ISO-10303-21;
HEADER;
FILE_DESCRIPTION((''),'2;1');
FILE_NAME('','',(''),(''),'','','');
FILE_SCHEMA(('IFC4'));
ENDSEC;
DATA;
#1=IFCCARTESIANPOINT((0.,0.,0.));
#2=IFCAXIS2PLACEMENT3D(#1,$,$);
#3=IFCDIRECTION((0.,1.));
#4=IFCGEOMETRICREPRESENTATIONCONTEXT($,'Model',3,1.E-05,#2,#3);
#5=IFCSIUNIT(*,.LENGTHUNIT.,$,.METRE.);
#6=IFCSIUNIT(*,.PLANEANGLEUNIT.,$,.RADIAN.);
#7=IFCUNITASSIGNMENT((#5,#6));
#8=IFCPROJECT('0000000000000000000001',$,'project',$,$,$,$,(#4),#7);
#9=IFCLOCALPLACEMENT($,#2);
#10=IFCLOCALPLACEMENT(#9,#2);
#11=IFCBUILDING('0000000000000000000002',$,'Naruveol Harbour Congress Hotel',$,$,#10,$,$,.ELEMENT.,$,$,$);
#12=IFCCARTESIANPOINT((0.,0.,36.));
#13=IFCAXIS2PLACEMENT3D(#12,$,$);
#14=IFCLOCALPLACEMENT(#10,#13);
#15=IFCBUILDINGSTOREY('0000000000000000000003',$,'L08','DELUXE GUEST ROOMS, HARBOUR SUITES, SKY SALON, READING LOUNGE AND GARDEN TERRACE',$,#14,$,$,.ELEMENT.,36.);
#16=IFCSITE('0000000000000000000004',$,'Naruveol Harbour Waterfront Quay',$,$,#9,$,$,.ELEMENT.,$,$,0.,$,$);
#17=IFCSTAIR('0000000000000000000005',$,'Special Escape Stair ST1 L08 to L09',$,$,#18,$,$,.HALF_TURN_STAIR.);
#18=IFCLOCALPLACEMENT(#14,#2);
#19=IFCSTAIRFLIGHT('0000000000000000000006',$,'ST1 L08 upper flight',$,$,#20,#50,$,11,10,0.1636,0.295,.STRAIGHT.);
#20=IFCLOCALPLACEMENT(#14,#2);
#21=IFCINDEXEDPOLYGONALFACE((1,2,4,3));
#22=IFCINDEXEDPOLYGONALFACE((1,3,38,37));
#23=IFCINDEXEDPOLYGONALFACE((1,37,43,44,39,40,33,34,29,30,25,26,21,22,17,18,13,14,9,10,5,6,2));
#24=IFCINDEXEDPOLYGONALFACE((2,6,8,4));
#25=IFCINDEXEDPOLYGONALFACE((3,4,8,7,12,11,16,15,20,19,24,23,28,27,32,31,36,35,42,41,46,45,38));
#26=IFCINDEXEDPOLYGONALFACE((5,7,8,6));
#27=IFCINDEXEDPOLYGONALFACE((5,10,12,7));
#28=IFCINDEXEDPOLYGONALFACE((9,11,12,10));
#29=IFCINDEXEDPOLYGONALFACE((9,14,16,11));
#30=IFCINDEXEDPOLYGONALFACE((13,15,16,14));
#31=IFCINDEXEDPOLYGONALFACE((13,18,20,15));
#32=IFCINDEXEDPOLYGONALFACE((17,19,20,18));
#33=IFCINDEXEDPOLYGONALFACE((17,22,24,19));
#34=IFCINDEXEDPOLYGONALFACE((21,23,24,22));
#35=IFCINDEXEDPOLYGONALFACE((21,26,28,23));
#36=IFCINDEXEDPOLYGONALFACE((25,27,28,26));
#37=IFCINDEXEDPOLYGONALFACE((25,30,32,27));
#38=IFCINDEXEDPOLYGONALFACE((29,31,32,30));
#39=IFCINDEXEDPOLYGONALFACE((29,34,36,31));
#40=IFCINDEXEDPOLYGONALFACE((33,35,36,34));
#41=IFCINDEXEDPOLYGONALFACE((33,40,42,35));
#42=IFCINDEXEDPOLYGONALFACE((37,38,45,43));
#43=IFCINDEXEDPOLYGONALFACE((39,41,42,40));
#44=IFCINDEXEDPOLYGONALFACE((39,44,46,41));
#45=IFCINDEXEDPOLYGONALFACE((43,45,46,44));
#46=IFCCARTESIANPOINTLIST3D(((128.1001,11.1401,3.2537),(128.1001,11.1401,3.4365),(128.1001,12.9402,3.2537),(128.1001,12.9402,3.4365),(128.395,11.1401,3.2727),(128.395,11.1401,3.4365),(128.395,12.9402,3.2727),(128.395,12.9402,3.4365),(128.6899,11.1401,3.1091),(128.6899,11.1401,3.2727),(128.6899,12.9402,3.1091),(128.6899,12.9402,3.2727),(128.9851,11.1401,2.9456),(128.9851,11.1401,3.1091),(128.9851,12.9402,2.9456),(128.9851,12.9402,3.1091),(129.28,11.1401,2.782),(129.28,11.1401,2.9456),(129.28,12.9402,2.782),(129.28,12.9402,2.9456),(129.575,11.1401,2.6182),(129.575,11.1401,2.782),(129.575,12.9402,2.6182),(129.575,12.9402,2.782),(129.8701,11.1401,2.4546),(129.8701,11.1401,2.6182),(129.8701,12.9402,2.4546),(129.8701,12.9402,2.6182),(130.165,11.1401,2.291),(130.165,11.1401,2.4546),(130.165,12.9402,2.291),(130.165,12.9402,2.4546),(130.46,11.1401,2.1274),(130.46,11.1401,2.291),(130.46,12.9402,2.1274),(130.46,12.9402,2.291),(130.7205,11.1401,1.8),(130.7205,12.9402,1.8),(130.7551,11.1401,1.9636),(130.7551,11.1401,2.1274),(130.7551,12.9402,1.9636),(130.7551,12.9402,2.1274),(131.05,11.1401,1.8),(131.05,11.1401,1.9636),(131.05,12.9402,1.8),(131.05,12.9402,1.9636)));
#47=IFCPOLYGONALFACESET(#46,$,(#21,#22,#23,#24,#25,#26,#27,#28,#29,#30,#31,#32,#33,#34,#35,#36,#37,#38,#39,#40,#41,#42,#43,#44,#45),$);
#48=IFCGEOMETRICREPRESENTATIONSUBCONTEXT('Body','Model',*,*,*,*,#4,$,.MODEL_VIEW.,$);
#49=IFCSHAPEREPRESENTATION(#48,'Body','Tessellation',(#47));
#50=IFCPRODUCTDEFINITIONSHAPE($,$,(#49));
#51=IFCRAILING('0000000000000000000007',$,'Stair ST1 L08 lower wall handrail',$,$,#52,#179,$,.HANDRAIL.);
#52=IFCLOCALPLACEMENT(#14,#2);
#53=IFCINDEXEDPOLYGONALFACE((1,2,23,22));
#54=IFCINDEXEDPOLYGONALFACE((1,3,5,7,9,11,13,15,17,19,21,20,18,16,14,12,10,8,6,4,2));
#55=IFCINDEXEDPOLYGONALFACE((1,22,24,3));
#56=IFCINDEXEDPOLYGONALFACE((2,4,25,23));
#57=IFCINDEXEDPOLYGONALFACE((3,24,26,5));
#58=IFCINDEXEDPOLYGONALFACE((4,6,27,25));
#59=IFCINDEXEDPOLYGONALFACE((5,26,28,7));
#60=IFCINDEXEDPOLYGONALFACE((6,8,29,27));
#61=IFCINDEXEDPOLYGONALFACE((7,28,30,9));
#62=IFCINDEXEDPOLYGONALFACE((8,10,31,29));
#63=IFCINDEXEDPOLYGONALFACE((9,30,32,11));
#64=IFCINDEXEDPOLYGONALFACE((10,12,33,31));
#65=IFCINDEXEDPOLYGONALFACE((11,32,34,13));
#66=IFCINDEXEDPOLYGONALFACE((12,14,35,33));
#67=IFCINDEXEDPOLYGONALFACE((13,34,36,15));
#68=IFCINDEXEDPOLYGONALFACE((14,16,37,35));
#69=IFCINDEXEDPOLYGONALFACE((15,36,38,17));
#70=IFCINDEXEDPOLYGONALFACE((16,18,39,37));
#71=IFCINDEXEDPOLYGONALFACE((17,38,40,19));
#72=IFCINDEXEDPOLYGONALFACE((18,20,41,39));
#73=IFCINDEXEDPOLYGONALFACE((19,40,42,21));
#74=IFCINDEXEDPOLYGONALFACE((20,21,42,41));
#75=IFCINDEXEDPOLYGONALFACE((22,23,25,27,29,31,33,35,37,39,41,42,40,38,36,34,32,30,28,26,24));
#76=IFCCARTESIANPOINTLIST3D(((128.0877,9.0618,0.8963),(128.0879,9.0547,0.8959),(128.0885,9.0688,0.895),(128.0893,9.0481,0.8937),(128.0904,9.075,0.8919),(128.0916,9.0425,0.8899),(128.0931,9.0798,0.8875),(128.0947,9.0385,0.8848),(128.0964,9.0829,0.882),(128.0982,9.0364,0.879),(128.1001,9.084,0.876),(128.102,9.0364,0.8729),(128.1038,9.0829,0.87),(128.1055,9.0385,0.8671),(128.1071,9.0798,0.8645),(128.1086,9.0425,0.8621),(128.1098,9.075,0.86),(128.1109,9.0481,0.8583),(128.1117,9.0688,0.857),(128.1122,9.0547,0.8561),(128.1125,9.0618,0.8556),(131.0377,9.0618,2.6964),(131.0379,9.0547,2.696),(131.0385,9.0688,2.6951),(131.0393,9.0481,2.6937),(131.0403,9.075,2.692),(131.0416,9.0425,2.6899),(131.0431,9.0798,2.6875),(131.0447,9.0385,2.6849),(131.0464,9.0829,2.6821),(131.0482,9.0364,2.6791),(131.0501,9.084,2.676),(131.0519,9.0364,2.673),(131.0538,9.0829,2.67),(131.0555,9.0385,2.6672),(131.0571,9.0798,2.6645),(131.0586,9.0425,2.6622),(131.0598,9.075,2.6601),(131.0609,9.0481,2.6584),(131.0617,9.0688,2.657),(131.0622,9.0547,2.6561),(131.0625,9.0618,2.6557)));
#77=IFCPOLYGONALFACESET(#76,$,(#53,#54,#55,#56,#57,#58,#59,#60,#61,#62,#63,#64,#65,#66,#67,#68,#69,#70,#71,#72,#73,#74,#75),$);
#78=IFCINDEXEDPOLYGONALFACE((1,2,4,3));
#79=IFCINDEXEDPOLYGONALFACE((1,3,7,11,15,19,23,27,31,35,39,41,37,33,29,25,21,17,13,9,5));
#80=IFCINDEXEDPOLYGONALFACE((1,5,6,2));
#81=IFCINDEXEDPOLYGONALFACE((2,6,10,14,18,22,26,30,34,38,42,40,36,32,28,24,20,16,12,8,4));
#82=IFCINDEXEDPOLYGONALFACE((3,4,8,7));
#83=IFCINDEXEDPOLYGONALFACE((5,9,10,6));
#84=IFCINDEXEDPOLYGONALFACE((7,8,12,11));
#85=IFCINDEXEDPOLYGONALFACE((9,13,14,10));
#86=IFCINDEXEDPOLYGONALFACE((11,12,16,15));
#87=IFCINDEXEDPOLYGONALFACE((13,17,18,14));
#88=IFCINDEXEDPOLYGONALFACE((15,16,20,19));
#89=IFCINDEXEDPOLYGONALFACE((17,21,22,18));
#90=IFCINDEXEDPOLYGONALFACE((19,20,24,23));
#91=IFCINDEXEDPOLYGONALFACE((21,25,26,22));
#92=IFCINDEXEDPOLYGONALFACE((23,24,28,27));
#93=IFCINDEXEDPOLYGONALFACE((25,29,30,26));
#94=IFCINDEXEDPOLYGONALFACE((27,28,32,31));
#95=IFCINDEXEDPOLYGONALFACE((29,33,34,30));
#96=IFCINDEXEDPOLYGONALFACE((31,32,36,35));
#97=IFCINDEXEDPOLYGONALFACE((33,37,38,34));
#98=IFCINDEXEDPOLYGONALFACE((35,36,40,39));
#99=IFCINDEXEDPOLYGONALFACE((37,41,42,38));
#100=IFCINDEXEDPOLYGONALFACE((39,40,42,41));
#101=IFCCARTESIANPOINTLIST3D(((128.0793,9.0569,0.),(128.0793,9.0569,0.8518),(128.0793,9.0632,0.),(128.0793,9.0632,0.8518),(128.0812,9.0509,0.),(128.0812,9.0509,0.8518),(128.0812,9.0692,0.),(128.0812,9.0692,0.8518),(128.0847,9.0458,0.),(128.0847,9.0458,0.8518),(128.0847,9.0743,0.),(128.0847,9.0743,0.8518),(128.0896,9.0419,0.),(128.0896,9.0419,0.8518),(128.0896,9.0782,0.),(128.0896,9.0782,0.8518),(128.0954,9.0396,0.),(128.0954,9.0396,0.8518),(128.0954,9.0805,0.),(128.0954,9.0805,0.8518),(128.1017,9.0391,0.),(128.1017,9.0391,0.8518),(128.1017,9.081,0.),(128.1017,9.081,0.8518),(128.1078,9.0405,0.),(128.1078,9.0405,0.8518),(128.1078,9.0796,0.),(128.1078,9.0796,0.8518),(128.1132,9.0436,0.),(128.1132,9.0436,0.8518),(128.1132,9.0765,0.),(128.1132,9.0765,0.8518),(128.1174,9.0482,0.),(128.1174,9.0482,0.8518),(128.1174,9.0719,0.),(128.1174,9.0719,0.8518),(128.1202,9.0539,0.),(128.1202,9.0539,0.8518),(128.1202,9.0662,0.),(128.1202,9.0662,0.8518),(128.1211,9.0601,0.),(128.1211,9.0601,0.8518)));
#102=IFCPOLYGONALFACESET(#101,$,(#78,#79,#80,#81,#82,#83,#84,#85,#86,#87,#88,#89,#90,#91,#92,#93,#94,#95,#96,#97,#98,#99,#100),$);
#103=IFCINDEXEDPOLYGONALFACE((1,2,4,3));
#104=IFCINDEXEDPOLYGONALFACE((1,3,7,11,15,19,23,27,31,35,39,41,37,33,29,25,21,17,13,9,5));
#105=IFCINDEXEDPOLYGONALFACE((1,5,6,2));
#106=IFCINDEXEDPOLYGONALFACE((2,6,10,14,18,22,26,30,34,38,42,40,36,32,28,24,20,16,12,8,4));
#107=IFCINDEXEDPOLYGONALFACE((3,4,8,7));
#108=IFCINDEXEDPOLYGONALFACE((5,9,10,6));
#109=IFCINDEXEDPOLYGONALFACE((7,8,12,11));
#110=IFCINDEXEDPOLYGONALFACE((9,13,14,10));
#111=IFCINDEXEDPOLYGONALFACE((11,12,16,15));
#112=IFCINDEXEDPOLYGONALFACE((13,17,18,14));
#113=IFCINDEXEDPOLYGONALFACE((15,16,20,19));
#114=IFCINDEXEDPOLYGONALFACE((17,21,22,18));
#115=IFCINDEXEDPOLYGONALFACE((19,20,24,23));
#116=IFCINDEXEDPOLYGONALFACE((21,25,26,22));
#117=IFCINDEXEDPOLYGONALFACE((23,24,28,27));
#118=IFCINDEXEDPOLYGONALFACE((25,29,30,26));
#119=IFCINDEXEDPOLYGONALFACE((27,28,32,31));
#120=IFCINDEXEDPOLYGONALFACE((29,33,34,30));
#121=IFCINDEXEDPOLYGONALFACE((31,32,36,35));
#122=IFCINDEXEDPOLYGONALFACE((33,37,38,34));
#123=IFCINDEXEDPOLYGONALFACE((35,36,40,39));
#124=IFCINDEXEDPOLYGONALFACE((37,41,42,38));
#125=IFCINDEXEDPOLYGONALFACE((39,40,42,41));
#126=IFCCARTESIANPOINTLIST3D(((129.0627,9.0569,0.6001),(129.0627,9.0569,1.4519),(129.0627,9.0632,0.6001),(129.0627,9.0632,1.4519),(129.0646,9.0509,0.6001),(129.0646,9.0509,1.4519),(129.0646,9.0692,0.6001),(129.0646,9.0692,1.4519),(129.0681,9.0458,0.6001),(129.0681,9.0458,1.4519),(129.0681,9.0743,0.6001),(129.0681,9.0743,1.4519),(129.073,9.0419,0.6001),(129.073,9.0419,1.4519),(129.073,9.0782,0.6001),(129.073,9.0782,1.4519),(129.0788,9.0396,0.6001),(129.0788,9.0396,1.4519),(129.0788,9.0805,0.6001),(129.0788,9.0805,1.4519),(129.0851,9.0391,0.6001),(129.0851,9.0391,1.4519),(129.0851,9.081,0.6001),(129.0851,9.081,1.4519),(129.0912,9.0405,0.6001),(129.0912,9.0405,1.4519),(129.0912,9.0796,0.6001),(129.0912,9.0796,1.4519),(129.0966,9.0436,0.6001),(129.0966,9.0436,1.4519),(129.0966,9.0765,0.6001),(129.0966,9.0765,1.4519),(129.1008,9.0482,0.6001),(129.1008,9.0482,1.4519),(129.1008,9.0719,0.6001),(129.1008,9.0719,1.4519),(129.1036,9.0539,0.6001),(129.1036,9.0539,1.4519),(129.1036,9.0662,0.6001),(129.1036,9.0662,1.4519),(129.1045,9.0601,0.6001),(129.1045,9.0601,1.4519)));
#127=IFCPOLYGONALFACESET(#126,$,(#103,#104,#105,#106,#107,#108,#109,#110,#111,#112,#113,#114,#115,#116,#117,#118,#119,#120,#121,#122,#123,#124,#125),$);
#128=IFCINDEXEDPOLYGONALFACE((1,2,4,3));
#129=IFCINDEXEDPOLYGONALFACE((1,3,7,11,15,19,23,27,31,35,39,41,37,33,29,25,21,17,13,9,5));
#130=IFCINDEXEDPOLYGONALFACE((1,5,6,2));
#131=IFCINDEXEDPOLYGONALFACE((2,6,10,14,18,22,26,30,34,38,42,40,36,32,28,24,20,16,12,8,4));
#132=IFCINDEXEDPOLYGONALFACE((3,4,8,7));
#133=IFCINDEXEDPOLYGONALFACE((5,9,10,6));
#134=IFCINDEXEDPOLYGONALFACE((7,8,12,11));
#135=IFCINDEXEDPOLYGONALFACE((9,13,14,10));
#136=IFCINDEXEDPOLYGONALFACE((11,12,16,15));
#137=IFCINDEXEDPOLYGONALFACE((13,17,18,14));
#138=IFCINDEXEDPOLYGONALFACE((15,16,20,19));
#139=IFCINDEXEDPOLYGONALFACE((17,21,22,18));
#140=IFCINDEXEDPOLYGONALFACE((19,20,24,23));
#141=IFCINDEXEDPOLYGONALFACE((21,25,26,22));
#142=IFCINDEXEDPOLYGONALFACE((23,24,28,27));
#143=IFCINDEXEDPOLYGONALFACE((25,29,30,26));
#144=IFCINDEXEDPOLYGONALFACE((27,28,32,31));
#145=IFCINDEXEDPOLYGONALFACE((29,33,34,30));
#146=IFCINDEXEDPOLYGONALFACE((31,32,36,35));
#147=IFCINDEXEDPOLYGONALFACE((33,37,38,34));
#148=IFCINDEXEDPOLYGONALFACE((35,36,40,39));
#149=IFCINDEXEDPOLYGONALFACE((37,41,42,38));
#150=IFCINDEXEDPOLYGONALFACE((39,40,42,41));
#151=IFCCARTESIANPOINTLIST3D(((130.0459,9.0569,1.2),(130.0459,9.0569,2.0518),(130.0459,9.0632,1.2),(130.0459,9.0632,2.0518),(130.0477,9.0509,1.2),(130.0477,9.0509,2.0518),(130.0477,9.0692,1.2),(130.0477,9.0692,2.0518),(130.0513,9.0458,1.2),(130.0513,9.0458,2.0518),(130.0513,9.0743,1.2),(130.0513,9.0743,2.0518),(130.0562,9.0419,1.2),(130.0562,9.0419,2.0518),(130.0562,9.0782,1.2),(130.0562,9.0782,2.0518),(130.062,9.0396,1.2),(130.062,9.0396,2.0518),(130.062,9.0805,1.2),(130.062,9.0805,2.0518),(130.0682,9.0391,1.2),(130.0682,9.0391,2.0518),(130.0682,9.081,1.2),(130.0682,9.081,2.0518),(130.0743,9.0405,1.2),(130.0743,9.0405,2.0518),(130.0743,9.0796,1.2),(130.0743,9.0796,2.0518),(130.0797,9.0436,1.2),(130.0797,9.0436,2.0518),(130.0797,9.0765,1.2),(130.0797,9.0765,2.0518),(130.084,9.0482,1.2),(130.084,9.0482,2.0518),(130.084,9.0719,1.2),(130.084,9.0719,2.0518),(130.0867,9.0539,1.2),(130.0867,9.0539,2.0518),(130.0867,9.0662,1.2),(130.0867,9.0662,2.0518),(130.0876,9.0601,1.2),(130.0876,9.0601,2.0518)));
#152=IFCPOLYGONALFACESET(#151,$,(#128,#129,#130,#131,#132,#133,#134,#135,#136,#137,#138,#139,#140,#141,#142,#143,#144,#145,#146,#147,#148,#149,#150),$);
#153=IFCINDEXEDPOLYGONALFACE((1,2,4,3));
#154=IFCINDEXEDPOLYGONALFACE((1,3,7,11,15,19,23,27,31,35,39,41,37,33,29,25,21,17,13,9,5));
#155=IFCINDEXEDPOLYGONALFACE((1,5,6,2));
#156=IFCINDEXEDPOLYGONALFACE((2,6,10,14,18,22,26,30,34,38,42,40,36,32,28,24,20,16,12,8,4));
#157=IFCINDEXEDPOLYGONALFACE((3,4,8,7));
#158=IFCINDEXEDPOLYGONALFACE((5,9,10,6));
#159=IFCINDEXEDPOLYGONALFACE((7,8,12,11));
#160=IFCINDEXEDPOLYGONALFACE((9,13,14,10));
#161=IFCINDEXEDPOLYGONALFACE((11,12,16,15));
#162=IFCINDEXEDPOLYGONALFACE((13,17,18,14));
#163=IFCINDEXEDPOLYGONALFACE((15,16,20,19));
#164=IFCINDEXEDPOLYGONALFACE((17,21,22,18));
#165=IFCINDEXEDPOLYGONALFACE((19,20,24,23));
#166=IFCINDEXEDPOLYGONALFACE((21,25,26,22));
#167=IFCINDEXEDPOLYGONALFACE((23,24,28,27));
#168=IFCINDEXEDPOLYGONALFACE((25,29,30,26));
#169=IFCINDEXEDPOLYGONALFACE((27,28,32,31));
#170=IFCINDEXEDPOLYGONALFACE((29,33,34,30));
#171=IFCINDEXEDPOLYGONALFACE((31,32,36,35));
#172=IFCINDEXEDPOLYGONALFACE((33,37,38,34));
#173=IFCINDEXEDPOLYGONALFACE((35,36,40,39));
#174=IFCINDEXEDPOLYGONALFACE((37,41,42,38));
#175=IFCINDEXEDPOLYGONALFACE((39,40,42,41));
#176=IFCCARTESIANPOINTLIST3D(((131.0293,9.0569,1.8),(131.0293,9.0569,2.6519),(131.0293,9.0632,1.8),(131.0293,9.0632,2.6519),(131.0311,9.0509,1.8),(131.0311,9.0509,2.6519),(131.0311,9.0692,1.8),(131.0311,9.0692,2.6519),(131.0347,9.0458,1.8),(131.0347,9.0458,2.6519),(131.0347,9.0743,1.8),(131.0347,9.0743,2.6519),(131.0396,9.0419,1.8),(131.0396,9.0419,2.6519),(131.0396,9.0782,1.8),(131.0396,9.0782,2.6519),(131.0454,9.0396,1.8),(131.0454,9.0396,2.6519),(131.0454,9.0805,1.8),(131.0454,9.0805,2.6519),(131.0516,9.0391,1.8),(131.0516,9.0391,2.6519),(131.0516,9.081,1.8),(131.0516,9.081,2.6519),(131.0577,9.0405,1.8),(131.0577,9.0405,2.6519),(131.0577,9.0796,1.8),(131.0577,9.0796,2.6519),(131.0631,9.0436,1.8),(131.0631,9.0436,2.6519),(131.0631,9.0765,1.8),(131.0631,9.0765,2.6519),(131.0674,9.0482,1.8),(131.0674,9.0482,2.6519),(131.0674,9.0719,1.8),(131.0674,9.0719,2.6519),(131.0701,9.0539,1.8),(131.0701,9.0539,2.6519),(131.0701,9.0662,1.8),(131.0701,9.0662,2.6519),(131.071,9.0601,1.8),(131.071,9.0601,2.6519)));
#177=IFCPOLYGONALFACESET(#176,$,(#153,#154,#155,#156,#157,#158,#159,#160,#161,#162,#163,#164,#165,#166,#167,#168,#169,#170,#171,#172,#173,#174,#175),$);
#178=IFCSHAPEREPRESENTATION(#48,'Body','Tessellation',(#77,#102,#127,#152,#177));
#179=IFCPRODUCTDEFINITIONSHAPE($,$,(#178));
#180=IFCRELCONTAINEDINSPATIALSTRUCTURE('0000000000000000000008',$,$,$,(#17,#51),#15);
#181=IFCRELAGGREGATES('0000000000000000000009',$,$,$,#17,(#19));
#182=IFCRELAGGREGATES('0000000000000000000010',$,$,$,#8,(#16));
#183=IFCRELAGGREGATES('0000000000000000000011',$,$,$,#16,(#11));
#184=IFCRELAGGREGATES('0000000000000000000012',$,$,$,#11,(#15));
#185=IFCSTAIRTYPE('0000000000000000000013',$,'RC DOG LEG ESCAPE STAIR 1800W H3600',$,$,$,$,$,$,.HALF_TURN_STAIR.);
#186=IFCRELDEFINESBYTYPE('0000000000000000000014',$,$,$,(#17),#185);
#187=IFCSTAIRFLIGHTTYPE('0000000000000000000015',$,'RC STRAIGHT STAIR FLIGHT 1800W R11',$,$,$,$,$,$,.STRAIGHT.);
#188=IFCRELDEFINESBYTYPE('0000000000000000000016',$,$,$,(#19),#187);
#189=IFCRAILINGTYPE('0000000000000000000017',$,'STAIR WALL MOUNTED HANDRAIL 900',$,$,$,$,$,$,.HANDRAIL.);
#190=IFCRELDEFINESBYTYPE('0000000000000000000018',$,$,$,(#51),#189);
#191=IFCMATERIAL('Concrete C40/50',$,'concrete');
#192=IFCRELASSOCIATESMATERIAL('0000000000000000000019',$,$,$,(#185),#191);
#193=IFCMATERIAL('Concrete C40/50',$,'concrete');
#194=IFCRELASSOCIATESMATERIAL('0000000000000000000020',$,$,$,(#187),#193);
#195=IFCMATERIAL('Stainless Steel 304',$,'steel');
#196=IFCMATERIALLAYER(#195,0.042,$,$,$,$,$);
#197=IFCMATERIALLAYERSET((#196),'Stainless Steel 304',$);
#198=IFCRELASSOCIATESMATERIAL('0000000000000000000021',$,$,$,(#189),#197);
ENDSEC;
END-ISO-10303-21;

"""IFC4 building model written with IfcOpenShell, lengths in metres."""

from ifc_helpers import new_model, si_unit, direction, frame, origin, origin_2d, place, context, subcontext, project, spatial, polyline, circle, outline, extrude, material, layer, layer_set, type_object, element, aggregate, save


model = new_model("IFC4")

# Units and contexts
model_context = context("Model", 3, precision=1e-05, world=origin(), true_north=direction((0.0, 1.0)))
body_context = subcontext(model_context, "Body", "Model", "MODEL_VIEW")
ifc_project = project(units=[si_unit("LENGTHUNIT", "METRE"), si_unit("PLANEANGLEUNIT", "RADIAN")], contexts=[model_context])

# Site, building, storey
site_placement = place(None, origin())
site = spatial("IfcSite", under=ifc_project, at=site_placement, Name="Naruveol Harbour Waterfront Quay", CompositionType="ELEMENT", RefElevation=0.0)
building_placement = place(site_placement, origin())
building = spatial("IfcBuilding", under=site, at=building_placement, Name="Naruveol Harbour Congress Hotel", CompositionType="ELEMENT")
storey_placement = place(building_placement, frame((0.0, 0.0, 36.0)))
storey = spatial("IfcBuildingStorey", under=building, at=storey_placement, Name="L08", Description="DELUXE GUEST ROOMS, HARBOUR SUITES, SKY SALON, READING LOUNGE AND GARDEN TERRACE", CompositionType="ELEMENT", Elevation=36.0)

# Stair, stair flight
ifc_material_1 = material(Name="Concrete C40/50", Category="concrete")
stair_type = type_object("IfcStairType", Name="RC DOG LEG ESCAPE STAIR 1800W H3600", PredefinedType="HALF_TURN_STAIR", material=ifc_material_1)
stair_placement = place(storey_placement, origin())
stair = element("IfcStair", 1, at=stair_placement, inside=storey, type_object=stair_type, Name="Special Escape Stair ST1 L08 to L09", PredefinedType="HALF_TURN_STAIR")
ifc_material_2 = material(Name="Concrete C40/50", Category="concrete")
stair_flight_type = type_object("IfcStairFlightType", Name="RC STRAIGHT STAIR FLIGHT 1800W R11", PredefinedType="STRAIGHT", material=ifc_material_2)
stair_flight_1_placement = place(storey_placement, frame((131.05, 12.04, 1.8), z_axis=(0.0, 0.0, 1.0), x_axis=(-1.0, 0.0, 0.0)))
stair_flight_1 = element("IfcStairFlight", 2, at=stair_flight_1_placement, type_object=stair_flight_type, Name="ST1 L08 upper flight", NumberOfRisers=11, NumberOfTreads=10, PredefinedType="STRAIGHT", RiserHeight=0.1636, TreadLength=0.295, context=body_context, shape_type="SweptSolid", body=[
    extrude(outline(polyline([(0.0, 0.0), (0.0, 0.1636), (0.2949, 0.1636), (0.2949, 0.3274), (0.5901, 0.3274), (0.5901, 0.491), (0.885, 0.491), (0.885, 0.6545), (1.1799, 0.6545), (1.1799, 0.8181), (1.4751, 0.8181), (1.4751, 0.9819), (1.77, 0.9819), (1.77, 1.1455), (2.0649, 1.1455), (2.0649, 1.3091), (2.3601, 1.3091), (2.3601, 1.4727), (2.655, 1.4727), (2.655, 1.6365), (2.95, 1.6365), (2.95, 1.8), (2.95, 1.4536), (0.3296, 0.0), (0.0, 0.0)])), frame((0.0, 0.8999, 0.0), z_axis=(0.0, -1.0, 0.0), x_axis=(1.0, 0.0, 0.0)), (0.0, 0.0, 1.0), 1.8),
])
aggregate(stair, [stair_flight_1])

# Railing
ifc_material_3 = material(Name="Stainless Steel 304", Category="steel")
ifc_layer_1 = layer(ifc_material_3, 0.042)
ifc_layer_set_1 = layer_set([ifc_layer_1], Name="Stainless Steel 304")
railing_type_1 = type_object("IfcRailingType", Name="STAIR WALL MOUNTED HANDRAIL 900", PredefinedType="HANDRAIL", material=ifc_layer_set_1)
railing_1_placement = place(storey_placement, frame((128.1001, 9.0601, 0.0)))
element("IfcRailing", 3, at=railing_1_placement, inside=storey, type_object=railing_type_1, Name="Stair ST1 L08 lower wall handrail", PredefinedType="HANDRAIL", context=body_context, shape_type="SweptSolid", body=[
    extrude(circle(Radius=0.0239, at=origin_2d()), frame((0.0, 0.0, 0.876), z_axis=(0.853629, 0.0, 0.520881), x_axis=(0.0, 1.0, 0.0)), (0.0, 0.0, 1.0), 3.4558),
    extrude(circle(Radius=0.021, at=origin_2d()), origin(), (0.0, 0.0, 1.0), 0.8518),
    extrude(circle(Radius=0.021, at=origin_2d()), frame((0.9834, 0.0, 0.6001)), (0.0, 0.0, 1.0), 0.8518),
    extrude(circle(Radius=0.021, at=origin_2d()), frame((1.9666, 0.0, 1.2)), (0.0, 0.0, 1.0), 0.8518),
    extrude(circle(Radius=0.021, at=origin_2d()), frame((2.95, 0.0, 1.8)), (0.0, 0.0, 1.0), 0.8518),
])

save(model, "model.ifc")
